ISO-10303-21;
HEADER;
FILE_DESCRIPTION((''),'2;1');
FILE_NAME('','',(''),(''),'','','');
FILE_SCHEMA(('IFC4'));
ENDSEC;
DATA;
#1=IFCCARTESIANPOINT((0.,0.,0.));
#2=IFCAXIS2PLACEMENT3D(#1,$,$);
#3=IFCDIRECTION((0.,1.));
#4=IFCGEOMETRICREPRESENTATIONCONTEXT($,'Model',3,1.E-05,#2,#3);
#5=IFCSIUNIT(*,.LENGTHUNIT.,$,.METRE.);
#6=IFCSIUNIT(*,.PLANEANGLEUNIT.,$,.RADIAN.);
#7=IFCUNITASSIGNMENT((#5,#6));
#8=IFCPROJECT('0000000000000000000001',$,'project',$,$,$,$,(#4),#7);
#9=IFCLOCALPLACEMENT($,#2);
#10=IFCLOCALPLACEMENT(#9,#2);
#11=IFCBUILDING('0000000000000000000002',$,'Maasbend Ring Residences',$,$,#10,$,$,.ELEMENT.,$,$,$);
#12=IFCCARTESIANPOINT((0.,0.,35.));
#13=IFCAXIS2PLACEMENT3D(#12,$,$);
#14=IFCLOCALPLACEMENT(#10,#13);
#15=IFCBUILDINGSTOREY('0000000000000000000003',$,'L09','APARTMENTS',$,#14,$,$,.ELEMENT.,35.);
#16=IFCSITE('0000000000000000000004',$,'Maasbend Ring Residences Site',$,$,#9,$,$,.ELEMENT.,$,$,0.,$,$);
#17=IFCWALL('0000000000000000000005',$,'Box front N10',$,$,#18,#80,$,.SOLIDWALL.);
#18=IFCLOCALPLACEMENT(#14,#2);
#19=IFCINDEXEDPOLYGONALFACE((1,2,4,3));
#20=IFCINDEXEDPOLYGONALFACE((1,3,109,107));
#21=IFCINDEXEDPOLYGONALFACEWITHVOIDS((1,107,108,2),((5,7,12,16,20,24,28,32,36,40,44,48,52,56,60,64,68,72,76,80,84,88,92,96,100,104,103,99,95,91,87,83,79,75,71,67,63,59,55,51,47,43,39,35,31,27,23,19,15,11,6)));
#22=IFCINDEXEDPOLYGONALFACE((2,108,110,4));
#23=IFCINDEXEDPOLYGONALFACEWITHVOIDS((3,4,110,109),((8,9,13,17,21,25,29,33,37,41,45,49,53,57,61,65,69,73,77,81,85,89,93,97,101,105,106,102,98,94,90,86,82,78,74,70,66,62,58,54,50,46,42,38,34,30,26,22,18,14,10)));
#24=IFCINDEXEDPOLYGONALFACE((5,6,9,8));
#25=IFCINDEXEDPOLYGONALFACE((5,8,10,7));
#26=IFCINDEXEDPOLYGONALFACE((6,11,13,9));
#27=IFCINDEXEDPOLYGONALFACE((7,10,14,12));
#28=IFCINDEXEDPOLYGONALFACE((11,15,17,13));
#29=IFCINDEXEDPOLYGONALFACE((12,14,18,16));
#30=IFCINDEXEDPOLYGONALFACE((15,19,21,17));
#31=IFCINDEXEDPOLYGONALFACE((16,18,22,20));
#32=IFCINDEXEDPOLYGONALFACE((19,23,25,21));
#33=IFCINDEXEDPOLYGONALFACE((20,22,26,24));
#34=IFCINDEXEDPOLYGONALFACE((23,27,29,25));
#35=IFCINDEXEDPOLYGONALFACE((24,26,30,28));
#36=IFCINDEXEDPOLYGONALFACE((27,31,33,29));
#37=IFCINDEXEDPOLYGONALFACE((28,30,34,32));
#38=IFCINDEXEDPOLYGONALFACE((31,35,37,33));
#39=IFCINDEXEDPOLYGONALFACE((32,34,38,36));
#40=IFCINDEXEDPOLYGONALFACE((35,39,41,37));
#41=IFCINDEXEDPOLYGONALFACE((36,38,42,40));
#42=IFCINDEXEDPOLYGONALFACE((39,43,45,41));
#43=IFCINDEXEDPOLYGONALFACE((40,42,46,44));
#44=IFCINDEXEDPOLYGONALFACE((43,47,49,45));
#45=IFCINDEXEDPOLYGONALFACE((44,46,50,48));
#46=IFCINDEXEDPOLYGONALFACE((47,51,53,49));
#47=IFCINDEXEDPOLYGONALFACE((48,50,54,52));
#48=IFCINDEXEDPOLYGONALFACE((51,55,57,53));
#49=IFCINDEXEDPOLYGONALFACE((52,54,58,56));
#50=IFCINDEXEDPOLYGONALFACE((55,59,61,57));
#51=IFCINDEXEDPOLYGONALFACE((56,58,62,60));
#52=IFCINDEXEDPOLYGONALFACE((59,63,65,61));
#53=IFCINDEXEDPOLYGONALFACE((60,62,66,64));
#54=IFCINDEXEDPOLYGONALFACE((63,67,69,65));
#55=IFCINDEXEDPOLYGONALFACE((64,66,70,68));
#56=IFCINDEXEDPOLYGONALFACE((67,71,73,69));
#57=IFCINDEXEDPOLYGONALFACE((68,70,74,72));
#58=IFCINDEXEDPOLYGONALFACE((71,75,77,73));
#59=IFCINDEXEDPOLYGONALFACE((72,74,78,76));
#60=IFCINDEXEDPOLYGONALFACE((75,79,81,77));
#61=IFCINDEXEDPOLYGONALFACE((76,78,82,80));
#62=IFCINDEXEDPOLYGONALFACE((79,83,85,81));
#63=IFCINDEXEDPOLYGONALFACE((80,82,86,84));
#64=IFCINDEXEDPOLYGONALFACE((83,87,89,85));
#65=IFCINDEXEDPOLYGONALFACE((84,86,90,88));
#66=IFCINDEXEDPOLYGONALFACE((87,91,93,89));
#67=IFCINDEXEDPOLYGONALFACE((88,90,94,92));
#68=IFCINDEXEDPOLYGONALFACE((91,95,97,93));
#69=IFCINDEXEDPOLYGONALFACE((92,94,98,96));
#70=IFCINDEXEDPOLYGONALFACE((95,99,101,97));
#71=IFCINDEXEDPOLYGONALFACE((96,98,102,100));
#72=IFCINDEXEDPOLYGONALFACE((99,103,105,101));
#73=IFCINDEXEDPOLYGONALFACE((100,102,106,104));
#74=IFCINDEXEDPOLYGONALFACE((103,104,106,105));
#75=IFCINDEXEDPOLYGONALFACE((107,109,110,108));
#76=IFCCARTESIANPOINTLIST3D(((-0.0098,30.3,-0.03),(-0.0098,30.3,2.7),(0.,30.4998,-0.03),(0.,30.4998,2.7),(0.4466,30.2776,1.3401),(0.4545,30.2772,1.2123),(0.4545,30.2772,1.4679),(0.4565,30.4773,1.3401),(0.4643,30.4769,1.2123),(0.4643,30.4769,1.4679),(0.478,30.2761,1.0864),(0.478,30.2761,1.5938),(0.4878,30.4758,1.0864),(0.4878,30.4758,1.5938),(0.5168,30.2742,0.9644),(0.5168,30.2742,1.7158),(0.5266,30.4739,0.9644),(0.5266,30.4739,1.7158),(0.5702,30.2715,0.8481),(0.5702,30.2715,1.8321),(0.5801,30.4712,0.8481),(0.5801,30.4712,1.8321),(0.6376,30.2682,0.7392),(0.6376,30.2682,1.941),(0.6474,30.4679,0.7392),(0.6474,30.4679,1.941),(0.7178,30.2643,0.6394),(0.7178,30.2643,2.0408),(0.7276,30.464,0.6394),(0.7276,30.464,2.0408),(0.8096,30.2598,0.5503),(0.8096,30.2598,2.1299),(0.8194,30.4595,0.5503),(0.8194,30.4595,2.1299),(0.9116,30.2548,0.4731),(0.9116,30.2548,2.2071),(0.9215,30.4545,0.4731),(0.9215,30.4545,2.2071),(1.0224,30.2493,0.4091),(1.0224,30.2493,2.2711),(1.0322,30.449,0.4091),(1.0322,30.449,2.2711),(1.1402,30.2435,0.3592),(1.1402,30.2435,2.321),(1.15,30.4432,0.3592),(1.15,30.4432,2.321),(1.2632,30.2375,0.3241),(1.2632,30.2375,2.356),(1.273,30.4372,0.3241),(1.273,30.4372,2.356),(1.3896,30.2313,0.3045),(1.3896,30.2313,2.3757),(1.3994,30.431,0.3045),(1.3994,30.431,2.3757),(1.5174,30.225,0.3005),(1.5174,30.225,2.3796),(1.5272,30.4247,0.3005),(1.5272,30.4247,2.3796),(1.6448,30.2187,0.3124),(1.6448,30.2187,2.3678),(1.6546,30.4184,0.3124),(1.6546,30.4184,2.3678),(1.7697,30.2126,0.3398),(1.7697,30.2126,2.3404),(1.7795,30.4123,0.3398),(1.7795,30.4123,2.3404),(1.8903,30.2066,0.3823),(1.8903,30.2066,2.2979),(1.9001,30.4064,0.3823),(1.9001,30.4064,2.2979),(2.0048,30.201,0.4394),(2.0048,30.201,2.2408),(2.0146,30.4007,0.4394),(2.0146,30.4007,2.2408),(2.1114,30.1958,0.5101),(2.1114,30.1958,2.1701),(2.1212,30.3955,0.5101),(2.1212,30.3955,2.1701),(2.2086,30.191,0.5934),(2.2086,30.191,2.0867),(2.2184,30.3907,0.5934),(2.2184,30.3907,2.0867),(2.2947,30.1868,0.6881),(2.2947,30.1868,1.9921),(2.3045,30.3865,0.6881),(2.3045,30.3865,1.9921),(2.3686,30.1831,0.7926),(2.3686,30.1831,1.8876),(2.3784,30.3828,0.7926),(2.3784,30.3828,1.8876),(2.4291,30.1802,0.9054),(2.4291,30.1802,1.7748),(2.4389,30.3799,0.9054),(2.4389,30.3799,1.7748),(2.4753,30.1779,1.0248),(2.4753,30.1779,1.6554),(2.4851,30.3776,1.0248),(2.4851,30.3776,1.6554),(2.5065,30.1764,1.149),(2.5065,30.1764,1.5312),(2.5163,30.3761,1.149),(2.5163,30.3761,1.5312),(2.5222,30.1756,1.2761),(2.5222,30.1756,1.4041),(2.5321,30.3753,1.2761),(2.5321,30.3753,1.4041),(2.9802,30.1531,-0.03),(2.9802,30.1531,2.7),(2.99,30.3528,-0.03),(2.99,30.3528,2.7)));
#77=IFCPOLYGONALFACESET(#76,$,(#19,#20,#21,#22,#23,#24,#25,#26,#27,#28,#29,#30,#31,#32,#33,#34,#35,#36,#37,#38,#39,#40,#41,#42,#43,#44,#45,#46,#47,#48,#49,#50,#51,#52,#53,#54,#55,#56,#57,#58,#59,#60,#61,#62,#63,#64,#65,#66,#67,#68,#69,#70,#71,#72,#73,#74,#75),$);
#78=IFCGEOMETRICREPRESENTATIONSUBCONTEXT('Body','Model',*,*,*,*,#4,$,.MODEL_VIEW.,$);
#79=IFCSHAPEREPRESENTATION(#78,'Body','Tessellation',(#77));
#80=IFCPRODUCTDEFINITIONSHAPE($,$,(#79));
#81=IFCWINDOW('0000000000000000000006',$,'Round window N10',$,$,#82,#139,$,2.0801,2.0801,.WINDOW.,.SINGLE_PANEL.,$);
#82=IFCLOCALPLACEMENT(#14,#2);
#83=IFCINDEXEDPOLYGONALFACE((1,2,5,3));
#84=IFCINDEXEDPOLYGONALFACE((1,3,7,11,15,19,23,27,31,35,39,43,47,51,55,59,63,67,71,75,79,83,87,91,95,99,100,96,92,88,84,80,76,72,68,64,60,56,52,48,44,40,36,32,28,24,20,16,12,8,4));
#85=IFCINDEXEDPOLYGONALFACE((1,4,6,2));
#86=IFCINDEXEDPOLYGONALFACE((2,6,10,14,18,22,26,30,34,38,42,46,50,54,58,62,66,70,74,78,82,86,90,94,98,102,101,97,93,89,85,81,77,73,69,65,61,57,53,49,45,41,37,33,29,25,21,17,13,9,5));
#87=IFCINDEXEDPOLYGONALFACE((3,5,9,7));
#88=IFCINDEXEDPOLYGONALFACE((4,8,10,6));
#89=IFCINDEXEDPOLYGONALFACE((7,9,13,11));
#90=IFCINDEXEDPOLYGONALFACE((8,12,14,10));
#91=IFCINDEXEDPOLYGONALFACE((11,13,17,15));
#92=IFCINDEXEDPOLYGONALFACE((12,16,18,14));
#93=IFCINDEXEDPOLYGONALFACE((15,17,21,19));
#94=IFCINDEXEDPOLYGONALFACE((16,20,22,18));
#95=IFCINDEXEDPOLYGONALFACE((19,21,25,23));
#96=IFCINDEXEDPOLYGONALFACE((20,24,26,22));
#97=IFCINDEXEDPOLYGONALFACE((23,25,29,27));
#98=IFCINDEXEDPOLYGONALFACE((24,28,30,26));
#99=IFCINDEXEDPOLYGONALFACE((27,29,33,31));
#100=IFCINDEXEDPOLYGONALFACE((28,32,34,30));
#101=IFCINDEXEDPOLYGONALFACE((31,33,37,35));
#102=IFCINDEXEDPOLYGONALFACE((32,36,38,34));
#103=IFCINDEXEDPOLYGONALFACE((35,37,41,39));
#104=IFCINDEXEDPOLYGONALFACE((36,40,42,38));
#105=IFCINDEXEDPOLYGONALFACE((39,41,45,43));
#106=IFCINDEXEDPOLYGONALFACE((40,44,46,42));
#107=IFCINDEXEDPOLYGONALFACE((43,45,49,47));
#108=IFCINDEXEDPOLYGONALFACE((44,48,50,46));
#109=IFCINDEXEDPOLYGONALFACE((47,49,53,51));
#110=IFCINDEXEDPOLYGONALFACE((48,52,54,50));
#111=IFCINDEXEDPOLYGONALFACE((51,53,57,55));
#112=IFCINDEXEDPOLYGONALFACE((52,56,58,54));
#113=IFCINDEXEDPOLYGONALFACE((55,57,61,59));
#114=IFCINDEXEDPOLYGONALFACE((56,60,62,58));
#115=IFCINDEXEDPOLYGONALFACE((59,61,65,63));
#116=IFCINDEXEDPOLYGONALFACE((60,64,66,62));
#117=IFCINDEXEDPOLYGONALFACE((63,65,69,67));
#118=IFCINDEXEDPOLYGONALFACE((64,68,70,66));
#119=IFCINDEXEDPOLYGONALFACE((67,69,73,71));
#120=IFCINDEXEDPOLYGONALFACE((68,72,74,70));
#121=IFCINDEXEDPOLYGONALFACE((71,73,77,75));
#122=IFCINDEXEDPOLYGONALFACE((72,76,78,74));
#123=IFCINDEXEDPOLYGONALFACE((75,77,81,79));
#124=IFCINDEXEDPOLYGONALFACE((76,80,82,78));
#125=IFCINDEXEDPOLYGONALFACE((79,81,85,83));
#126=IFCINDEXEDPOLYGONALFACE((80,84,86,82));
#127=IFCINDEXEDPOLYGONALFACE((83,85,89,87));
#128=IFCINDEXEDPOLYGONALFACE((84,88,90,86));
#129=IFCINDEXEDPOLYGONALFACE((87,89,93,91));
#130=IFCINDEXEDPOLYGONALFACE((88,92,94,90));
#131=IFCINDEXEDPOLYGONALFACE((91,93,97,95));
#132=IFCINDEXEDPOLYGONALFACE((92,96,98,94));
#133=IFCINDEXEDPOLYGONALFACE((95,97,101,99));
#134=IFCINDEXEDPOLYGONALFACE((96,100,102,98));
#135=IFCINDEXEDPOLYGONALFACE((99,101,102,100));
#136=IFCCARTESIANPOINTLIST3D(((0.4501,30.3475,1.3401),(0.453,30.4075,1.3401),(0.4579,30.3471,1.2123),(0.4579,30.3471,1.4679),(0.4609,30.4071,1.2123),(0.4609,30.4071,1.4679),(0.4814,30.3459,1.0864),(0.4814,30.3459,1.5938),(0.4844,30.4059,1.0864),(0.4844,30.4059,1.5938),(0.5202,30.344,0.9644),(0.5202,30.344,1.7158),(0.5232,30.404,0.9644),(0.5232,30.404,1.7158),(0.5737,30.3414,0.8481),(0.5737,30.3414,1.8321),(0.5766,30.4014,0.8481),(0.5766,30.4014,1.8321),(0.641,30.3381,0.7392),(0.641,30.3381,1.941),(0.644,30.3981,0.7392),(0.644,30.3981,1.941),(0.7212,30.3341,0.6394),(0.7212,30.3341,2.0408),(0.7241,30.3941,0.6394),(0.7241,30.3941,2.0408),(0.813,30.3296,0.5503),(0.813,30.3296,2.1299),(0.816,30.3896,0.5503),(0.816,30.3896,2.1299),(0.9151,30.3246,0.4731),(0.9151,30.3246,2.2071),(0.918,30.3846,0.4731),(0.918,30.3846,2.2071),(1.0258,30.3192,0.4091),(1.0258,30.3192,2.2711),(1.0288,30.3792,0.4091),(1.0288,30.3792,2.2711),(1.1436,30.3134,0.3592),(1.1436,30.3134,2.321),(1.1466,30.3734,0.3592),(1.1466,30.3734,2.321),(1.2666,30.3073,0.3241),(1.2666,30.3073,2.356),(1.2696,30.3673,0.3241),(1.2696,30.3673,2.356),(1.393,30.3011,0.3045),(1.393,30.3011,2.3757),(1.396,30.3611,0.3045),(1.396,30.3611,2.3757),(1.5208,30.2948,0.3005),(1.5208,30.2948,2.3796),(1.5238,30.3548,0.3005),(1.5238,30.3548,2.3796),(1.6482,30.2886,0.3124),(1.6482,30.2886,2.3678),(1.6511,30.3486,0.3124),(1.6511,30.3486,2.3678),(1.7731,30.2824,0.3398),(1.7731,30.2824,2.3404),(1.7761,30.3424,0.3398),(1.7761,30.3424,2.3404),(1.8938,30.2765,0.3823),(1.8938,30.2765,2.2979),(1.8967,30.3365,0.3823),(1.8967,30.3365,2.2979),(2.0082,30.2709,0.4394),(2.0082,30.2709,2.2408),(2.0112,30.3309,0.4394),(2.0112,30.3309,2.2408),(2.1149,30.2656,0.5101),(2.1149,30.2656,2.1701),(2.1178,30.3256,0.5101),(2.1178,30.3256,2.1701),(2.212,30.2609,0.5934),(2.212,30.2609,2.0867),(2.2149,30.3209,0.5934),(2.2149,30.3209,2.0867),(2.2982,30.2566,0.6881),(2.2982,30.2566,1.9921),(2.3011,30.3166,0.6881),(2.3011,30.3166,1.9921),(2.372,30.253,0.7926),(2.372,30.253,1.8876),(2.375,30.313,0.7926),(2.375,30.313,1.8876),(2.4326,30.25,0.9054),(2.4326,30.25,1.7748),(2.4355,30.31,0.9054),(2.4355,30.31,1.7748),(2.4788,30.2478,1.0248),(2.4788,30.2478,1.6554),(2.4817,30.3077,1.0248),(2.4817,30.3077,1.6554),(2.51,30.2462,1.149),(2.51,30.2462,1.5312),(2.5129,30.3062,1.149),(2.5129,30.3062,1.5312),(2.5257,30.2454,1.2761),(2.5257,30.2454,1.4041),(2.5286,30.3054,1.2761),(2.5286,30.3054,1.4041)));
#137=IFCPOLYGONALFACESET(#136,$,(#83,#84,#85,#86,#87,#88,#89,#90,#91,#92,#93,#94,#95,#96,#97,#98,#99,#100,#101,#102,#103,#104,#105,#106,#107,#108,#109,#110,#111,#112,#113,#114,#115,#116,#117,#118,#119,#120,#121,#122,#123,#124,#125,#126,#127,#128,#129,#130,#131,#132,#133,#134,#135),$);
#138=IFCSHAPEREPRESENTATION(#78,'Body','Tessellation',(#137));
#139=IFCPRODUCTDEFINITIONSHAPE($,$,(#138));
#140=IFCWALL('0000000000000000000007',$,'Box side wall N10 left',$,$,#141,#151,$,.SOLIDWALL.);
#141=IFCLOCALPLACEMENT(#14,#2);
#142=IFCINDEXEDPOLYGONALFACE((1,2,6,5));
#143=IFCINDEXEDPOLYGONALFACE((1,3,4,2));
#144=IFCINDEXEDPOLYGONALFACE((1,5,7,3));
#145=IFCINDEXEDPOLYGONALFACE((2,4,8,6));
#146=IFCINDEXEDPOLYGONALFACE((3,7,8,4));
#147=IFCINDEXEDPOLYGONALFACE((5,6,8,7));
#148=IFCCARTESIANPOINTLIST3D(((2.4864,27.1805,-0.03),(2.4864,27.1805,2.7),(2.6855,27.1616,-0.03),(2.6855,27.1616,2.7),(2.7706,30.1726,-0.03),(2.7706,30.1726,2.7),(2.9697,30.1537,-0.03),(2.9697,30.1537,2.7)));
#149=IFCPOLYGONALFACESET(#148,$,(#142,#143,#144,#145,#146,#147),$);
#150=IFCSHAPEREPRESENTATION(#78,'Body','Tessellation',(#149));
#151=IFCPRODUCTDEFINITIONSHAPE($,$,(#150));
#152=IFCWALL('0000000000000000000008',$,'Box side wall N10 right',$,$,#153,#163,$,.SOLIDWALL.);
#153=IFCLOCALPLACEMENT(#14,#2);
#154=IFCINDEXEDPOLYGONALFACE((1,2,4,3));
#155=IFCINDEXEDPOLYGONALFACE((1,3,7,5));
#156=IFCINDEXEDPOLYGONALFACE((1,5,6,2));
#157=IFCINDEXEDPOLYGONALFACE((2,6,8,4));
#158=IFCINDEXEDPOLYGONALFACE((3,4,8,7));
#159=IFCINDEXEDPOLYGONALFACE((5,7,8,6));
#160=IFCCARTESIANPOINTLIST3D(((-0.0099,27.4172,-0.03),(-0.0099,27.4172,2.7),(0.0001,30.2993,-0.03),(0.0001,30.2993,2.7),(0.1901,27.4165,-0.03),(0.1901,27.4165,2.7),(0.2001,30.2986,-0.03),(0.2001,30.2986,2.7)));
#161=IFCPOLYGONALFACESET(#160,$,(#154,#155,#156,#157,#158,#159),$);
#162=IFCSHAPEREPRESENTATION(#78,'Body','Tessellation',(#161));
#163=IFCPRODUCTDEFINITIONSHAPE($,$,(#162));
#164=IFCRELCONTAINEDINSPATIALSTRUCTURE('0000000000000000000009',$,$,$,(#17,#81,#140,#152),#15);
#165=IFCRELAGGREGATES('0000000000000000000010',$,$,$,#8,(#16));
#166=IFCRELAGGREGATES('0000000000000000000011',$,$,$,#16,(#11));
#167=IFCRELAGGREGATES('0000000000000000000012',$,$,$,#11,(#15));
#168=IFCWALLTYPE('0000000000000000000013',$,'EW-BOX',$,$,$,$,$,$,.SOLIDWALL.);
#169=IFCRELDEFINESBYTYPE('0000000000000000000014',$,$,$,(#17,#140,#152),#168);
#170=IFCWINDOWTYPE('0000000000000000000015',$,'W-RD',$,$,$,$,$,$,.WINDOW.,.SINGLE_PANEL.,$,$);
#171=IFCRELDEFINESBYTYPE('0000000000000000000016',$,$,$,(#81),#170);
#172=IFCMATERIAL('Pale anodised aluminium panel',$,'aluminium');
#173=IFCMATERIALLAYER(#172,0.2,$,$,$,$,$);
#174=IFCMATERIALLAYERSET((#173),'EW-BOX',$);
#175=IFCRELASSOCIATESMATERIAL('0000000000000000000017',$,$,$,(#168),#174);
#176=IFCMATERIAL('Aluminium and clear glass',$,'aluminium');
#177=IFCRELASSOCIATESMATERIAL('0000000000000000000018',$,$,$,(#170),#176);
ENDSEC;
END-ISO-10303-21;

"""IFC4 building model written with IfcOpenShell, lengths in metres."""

from ifc_helpers import new_model, si_unit, direction, frame, frame_2d, origin, place, context, subcontext, project, spatial, rectangle, circle, extrude, material, layer, layer_set, type_object, element, fill, save


model = new_model("IFC4")

# Units and contexts
model_context = context("Model", 3, precision=1e-05, world=origin(), true_north=direction((0.0, 1.0)))
body_context = subcontext(model_context, "Body", "Model", "MODEL_VIEW")
ifc_project = project(units=[si_unit("LENGTHUNIT", "METRE"), si_unit("PLANEANGLEUNIT", "RADIAN")], contexts=[model_context])

# Site, building, storey
site_placement = place(None, origin())
site = spatial("IfcSite", under=ifc_project, at=site_placement, Name="Maasbend Ring Residences Site", CompositionType="ELEMENT", RefElevation=0.0)
building_placement = place(site_placement, origin())
building = spatial("IfcBuilding", under=site, at=building_placement, Name="Maasbend Ring Residences", CompositionType="ELEMENT")
storey_placement = place(building_placement, frame((0.0, 0.0, 35.0)))
storey = spatial("IfcBuildingStorey", under=building, at=storey_placement, Name="L09", Description="APARTMENTS", CompositionType="ELEMENT", Elevation=35.0)

# Shared definitions
ifc_material_1 = material(Name="Pale anodised aluminium panel", Category="aluminium")
ifc_layer_1 = layer(ifc_material_1, 0.2)
ifc_layer_set_1 = layer_set([ifc_layer_1], Name="EW-BOX")
wall_type_1 = type_object("IfcWallType", Name="EW-BOX", PredefinedType="SOLIDWALL", material=ifc_layer_set_1)

# Shared definitions
ifc_material_2 = material(Name="Aluminium and clear glass", Category="aluminium")
window_type_1 = type_object("IfcWindowType", Name="W-RD", PartitioningType="SINGLE_PANEL", PredefinedType="WINDOW", material=ifc_material_2)

# Wall, opening, window
wall_1_placement = place(storey_placement, frame((2.9851, 30.2529, -0.03), z_axis=(0.0, 0.0, 1.0), x_axis=(-0.998794, 0.049096, 0.0)))
wall_1 = element("IfcWall", 1, at=wall_1_placement, inside=storey, type_object=wall_type_1, Name="Box front N10", PredefinedType="SOLIDWALL", context=body_context, shape_type="SweptSolid", body=[
    extrude(rectangle(XDim=2.9937, YDim=0.2, at=frame_2d((1.4968, 0.0))), origin(), (0.0, 0.0, 1.0), 2.73),
])
opening_1_placement = place(wall_1_placement, frame((0.4565, 0.0, 0.3301)))
opening_1 = element("IfcOpeningElement", 2, at=opening_1_placement, cuts=wall_1, PredefinedType="OPENING", context=body_context, shape_type="SweptSolid", body=[
    extrude(circle(Radius=1.04, at=frame_2d((1.04, 1.04))), frame((0.0, 0.1099, 0.0), z_axis=(0.0, -1.0, 0.0), x_axis=(1.0, 0.0, 0.0)), (0.0, 0.0, 1.0), 0.22),
])
window_1_placement = place(opening_1_placement, origin())
window_1 = element("IfcWindow", 3, at=window_1_placement, inside=storey, type_object=window_type_1, Name="Round window N10", OverallHeight=2.0801, OverallWidth=2.0801, PartitioningType="SINGLE_PANEL", PredefinedType="WINDOW", context=body_context, shape_type="SweptSolid", body=[
    extrude(circle(Radius=1.04, at=frame_2d((1.04, 1.04))), frame((0.0, 0.03, 0.0), z_axis=(0.0, -1.0, 0.0), x_axis=(1.0, 0.0, 0.0)), (0.0, 0.0, 1.0), 0.0601),
])
fill(opening_1, window_1)

# Walls
wall_2_placement = place(storey_placement, frame((2.5859, 27.1709, -0.03), z_axis=(0.0, 0.0, 1.0), x_axis=(0.094548, 0.99552, 0.0)))
element("IfcWall", 4, at=wall_2_placement, inside=storey, type_object=wall_type_1, Name="Box side wall N10 left", PredefinedType="SOLIDWALL", context=body_context, shape_type="SweptSolid", body=[
    extrude(rectangle(XDim=3.0056, YDim=0.2, at=frame_2d((1.5029, 0.0))), origin(), (0.0, 0.0, 1.0), 2.73),
])
wall_3_placement = place(storey_placement, frame((0.0901, 27.417, -0.03), z_axis=(0.0, 0.0, 1.0), x_axis=(0.003473, 0.999994, 0.0)))
element("IfcWall", 5, at=wall_3_placement, inside=storey, type_object=wall_type_1, Name="Box side wall N10 right", PredefinedType="SOLIDWALL", context=body_context, shape_type="SweptSolid", body=[
    extrude(rectangle(XDim=2.8821, YDim=0.2, at=frame_2d((1.4409, 0.0))), origin(), (0.0, 0.0, 1.0), 2.73),
])

save(model, "model.ifc")
